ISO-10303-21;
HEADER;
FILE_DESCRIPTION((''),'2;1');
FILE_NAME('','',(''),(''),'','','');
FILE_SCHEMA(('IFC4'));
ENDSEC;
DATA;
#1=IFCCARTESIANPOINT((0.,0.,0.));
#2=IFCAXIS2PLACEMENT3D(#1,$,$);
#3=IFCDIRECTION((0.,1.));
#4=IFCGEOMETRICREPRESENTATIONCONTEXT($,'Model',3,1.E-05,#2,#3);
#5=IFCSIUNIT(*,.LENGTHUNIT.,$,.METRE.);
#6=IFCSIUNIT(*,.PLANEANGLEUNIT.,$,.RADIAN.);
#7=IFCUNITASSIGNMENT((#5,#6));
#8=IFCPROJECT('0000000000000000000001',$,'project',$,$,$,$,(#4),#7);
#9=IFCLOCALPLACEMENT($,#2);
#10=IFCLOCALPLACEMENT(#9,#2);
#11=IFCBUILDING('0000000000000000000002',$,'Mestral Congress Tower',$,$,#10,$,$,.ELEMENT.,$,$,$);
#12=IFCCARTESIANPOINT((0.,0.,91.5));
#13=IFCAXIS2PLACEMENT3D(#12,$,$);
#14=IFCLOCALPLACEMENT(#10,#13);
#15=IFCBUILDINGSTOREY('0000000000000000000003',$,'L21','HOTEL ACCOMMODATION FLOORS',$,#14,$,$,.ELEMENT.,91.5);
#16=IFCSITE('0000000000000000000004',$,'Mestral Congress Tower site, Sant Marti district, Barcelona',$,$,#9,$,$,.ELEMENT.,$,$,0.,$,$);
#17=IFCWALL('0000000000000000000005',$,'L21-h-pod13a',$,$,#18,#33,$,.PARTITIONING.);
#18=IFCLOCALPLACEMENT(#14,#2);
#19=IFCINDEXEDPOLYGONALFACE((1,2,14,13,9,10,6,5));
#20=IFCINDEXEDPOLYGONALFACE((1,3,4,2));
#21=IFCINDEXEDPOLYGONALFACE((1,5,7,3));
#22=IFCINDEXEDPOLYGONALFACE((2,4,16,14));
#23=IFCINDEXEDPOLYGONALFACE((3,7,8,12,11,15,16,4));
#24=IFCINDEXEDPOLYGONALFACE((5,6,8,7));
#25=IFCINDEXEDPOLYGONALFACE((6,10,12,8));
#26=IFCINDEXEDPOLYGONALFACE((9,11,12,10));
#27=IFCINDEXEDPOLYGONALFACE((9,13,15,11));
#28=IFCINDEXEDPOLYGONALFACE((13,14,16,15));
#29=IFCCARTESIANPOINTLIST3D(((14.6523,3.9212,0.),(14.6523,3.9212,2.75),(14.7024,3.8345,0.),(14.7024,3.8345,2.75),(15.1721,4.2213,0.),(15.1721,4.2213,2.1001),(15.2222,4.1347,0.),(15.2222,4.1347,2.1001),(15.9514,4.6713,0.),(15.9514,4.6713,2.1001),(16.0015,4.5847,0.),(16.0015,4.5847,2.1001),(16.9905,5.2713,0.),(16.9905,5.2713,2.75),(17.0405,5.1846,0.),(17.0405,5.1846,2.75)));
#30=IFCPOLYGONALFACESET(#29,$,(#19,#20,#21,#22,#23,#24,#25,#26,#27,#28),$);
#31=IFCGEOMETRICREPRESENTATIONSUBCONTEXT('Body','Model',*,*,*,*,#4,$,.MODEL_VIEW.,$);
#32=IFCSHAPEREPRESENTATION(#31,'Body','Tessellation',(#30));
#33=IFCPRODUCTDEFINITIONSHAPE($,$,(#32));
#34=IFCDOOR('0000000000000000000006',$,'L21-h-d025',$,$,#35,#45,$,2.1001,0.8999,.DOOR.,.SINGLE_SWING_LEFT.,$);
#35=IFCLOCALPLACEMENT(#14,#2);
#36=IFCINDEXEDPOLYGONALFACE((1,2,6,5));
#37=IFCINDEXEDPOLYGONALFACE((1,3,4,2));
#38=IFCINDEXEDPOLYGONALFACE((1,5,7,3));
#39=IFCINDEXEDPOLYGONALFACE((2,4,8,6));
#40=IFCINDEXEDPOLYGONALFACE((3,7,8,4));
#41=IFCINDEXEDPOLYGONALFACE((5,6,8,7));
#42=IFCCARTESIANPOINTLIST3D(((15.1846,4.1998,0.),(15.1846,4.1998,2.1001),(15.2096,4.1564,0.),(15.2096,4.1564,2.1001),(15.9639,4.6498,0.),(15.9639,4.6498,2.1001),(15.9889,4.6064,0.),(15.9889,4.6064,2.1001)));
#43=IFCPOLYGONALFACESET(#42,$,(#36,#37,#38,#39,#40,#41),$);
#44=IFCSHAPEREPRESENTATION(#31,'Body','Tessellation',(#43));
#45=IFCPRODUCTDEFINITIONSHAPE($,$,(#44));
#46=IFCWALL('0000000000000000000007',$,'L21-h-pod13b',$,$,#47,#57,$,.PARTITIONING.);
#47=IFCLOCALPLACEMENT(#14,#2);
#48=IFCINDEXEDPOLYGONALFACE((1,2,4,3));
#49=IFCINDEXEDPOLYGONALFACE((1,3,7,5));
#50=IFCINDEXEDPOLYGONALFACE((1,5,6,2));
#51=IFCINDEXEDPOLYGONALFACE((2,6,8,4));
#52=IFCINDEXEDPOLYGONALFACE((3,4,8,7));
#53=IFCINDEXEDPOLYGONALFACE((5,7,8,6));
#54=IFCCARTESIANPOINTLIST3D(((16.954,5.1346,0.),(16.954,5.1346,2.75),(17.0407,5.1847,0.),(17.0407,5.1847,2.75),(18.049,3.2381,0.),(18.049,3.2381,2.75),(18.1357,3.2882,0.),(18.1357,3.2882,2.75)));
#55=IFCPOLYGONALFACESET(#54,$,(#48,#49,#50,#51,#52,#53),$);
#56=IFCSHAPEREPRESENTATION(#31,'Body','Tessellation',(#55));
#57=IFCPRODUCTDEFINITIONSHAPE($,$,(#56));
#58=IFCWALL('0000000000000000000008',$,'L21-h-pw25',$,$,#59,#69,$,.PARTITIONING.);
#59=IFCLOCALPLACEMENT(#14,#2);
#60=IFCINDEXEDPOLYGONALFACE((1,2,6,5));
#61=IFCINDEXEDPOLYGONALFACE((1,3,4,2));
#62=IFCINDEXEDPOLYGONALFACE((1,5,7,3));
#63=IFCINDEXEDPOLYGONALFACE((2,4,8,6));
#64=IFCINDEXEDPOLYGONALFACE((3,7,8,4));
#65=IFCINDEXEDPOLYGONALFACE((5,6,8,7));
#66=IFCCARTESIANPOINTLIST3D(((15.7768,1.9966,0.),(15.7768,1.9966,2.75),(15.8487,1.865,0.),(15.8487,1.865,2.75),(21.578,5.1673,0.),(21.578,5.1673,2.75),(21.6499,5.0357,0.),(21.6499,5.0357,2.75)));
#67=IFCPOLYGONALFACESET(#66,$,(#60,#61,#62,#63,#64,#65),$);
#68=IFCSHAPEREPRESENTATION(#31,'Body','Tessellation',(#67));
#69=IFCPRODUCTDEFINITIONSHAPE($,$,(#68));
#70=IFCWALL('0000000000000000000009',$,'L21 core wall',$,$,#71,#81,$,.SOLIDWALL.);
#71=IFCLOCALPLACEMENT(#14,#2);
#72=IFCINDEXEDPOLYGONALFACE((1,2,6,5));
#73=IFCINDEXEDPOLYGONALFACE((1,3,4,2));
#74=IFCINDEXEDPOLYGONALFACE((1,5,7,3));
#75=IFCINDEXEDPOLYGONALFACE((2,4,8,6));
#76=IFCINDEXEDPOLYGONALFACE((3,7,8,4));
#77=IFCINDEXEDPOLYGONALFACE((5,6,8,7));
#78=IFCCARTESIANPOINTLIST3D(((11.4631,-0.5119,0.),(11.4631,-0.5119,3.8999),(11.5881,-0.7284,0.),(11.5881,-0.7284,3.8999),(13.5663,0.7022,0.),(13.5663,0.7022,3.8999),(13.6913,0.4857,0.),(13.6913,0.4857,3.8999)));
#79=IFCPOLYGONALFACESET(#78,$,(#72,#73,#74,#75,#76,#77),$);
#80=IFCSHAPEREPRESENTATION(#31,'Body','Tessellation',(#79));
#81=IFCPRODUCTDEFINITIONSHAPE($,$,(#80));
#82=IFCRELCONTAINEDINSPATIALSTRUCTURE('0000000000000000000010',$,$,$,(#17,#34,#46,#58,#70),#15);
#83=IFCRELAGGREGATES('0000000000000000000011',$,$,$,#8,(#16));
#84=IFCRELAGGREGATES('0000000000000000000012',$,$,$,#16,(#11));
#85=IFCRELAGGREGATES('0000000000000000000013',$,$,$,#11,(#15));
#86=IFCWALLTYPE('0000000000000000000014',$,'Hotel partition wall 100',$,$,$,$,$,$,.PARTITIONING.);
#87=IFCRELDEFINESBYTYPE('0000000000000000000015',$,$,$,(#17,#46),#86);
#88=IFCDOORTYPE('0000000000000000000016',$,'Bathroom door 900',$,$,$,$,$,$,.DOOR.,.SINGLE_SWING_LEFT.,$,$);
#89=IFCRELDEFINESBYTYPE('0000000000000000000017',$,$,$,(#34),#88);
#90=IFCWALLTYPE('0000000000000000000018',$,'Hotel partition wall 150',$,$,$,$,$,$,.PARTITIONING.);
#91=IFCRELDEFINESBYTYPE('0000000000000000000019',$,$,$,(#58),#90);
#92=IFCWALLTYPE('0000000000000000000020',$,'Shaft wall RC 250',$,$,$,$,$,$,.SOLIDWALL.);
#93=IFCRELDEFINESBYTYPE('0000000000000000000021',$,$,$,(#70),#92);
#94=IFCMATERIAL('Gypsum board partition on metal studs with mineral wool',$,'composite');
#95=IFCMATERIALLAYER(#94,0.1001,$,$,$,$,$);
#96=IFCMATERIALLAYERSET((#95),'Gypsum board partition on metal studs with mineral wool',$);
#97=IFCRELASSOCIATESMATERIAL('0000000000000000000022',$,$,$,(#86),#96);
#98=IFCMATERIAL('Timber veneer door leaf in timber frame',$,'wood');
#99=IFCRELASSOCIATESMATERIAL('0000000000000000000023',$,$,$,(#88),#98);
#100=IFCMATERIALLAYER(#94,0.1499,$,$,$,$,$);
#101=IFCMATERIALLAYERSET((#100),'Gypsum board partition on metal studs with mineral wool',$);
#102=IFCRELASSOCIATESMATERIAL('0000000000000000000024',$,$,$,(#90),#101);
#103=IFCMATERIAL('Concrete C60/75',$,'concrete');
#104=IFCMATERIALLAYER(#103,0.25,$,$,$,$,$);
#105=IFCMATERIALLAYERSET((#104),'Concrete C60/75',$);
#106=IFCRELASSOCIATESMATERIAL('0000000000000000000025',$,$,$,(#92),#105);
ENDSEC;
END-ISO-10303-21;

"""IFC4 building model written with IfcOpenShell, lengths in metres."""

from ifc_helpers import new_model, si_unit, direction, frame, frame_2d, origin, place, context, subcontext, project, spatial, rectangle, extrude, material, layer, layer_set, type_object, element, fill, save


model = new_model("IFC4")

# Units and contexts
model_context = context("Model", 3, precision=1e-05, world=origin(), true_north=direction((0.0, 1.0)))
body_context = subcontext(model_context, "Body", "Model", "MODEL_VIEW")
ifc_project = project(units=[si_unit("LENGTHUNIT", "METRE"), si_unit("PLANEANGLEUNIT", "RADIAN")], contexts=[model_context])

# Site, building, storey
site_placement = place(None, origin())
site = spatial("IfcSite", under=ifc_project, at=site_placement, Name="Mestral Congress Tower site, Sant Marti district, Barcelona", CompositionType="ELEMENT", RefElevation=0.0)
building_placement = place(site_placement, origin())
building = spatial("IfcBuilding", under=site, at=building_placement, Name="Mestral Congress Tower", CompositionType="ELEMENT")
storey_placement = place(building_placement, frame((0.0, 0.0, 91.5)))
storey = spatial("IfcBuildingStorey", under=building, at=storey_placement, Name="L21", Description="HOTEL ACCOMMODATION FLOORS", CompositionType="ELEMENT", Elevation=91.5)

# Shared definitions
ifc_material_1 = material(Name="Gypsum board partition on metal studs with mineral wool", Category="composite")
ifc_layer_1 = layer(ifc_material_1, 0.1001)
ifc_layer_set_1 = layer_set([ifc_layer_1], Name="Gypsum board partition on metal studs with mineral wool")
wall_type_1 = type_object("IfcWallType", Name="Hotel partition wall 100", PredefinedType="PARTITIONING", material=ifc_layer_set_1)
ifc_material_2 = material(Name="Timber veneer door leaf in timber frame", Category="wood")
door_type = type_object("IfcDoorType", Name="Bathroom door 900", OperationType="SINGLE_SWING_LEFT", PredefinedType="DOOR", material=ifc_material_2)

# Wall, opening, door
wall_1_placement = place(storey_placement, frame((17.0156, 5.228, 0.0), z_axis=(0.0, 0.0, 1.0), x_axis=(-0.865997, -0.500049, 0.0)))
wall_1 = element("IfcWall", 1, at=wall_1_placement, inside=storey, type_object=wall_type_1, Name="L21-h-pod13a", PredefinedType="PARTITIONING", context=body_context, shape_type="SweptSolid", body=[
    extrude(rectangle(XDim=2.7, YDim=0.1001, at=frame_2d((1.3501, 0.0))), origin(), (0.0, 0.0, 1.0), 2.75),
])
opening_1_placement = place(wall_1_placement, frame((1.2, 0.0, 0.0)))
opening_1 = element("IfcOpeningElement", 2, at=opening_1_placement, cuts=wall_1, PredefinedType="OPENING", context=body_context, shape_type="SweptSolid", body=[
    extrude(rectangle(XDim=0.8999, YDim=2.1001, at=frame_2d((0.45, 1.05))), frame((0.0, 0.0601, 0.0), z_axis=(0.0, -1.0, 0.0), x_axis=(1.0, 0.0, 0.0)), (0.0, 0.0, 1.0), 0.1201),
])
door_1_placement = place(opening_1_placement, origin())
door_1 = element("IfcDoor", 3, at=door_1_placement, inside=storey, type_object=door_type, Name="L21-h-d025", OperationType="SINGLE_SWING_LEFT", OverallHeight=2.1001, OverallWidth=0.8999, PredefinedType="DOOR", context=body_context, shape_type="SweptSolid", body=[
    extrude(rectangle(XDim=0.8999, YDim=2.1001, at=frame_2d((0.45, 1.05))), frame((0.0, 0.0249, 0.0), z_axis=(0.0, -1.0, 0.0), x_axis=(1.0, 0.0, 0.0)), (0.0, 0.0, 1.0), 0.05),
])
fill(opening_1, door_1)

# Walls
wall_2_placement = place(storey_placement, frame((16.9973, 5.1597, 0.0), z_axis=(0.0, 0.0, 1.0), x_axis=(0.500012, -0.866018, 0.0)))
element("IfcWall", 4, at=wall_2_placement, inside=storey, type_object=wall_type_1, Name="L21-h-pod13b", PredefinedType="PARTITIONING", context=body_context, shape_type="SweptSolid", body=[
    extrude(rectangle(XDim=2.1899, YDim=0.1001, at=frame_2d((1.095, 0.0))), origin(), (0.0, 0.0, 1.0), 2.75),
])
ifc_layer_2 = layer(ifc_material_1, 0.1499)
ifc_layer_set_2 = layer_set([ifc_layer_2], Name="Gypsum board partition on metal studs with mineral wool")
wall_type_2 = type_object("IfcWallType", Name="Hotel partition wall 150", PredefinedType="PARTITIONING", material=ifc_layer_set_2)
wall_3_placement = place(storey_placement, frame((21.614, 5.1016, 0.0), z_axis=(0.0, 0.0, 1.0), x_axis=(-0.877485, -0.479605, 0.0)))
element("IfcWall", 5, at=wall_3_placement, inside=storey, type_object=wall_type_2, Name="L21-h-pw25", PredefinedType="PARTITIONING", context=body_context, shape_type="SweptSolid", body=[
    extrude(rectangle(XDim=6.6111, YDim=0.1499, at=frame_2d((3.3057, 0.0))), origin(), (0.0, 0.0, 1.0), 2.75),
])
ifc_material_3 = material(Name="Concrete C60/75", Category="concrete")
ifc_layer_3 = layer(ifc_material_3, 0.25)
ifc_layer_set_3 = layer_set([ifc_layer_3], Name="Concrete C60/75")
wall_type_3 = type_object("IfcWallType", Name="Shaft wall RC 250", PredefinedType="SOLIDWALL", material=ifc_layer_set_3)
wall_4_placement = place(storey_placement, frame((13.6289, 0.594, 0.0), z_axis=(0.0, 0.0, 1.0), x_axis=(-0.866063, -0.499934, 0.0)))
element("IfcWall", 6, at=wall_4_placement, inside=storey, type_object=wall_type_3, Name="L21 core wall", PredefinedType="SOLIDWALL", context=body_context, shape_type="SweptSolid", body=[
    extrude(rectangle(XDim=2.4285, YDim=0.25, at=frame_2d((1.2144, 0.0))), origin(), (0.0, 0.0, 1.0), 3.8999),
])

save(model, "model.ifc")
